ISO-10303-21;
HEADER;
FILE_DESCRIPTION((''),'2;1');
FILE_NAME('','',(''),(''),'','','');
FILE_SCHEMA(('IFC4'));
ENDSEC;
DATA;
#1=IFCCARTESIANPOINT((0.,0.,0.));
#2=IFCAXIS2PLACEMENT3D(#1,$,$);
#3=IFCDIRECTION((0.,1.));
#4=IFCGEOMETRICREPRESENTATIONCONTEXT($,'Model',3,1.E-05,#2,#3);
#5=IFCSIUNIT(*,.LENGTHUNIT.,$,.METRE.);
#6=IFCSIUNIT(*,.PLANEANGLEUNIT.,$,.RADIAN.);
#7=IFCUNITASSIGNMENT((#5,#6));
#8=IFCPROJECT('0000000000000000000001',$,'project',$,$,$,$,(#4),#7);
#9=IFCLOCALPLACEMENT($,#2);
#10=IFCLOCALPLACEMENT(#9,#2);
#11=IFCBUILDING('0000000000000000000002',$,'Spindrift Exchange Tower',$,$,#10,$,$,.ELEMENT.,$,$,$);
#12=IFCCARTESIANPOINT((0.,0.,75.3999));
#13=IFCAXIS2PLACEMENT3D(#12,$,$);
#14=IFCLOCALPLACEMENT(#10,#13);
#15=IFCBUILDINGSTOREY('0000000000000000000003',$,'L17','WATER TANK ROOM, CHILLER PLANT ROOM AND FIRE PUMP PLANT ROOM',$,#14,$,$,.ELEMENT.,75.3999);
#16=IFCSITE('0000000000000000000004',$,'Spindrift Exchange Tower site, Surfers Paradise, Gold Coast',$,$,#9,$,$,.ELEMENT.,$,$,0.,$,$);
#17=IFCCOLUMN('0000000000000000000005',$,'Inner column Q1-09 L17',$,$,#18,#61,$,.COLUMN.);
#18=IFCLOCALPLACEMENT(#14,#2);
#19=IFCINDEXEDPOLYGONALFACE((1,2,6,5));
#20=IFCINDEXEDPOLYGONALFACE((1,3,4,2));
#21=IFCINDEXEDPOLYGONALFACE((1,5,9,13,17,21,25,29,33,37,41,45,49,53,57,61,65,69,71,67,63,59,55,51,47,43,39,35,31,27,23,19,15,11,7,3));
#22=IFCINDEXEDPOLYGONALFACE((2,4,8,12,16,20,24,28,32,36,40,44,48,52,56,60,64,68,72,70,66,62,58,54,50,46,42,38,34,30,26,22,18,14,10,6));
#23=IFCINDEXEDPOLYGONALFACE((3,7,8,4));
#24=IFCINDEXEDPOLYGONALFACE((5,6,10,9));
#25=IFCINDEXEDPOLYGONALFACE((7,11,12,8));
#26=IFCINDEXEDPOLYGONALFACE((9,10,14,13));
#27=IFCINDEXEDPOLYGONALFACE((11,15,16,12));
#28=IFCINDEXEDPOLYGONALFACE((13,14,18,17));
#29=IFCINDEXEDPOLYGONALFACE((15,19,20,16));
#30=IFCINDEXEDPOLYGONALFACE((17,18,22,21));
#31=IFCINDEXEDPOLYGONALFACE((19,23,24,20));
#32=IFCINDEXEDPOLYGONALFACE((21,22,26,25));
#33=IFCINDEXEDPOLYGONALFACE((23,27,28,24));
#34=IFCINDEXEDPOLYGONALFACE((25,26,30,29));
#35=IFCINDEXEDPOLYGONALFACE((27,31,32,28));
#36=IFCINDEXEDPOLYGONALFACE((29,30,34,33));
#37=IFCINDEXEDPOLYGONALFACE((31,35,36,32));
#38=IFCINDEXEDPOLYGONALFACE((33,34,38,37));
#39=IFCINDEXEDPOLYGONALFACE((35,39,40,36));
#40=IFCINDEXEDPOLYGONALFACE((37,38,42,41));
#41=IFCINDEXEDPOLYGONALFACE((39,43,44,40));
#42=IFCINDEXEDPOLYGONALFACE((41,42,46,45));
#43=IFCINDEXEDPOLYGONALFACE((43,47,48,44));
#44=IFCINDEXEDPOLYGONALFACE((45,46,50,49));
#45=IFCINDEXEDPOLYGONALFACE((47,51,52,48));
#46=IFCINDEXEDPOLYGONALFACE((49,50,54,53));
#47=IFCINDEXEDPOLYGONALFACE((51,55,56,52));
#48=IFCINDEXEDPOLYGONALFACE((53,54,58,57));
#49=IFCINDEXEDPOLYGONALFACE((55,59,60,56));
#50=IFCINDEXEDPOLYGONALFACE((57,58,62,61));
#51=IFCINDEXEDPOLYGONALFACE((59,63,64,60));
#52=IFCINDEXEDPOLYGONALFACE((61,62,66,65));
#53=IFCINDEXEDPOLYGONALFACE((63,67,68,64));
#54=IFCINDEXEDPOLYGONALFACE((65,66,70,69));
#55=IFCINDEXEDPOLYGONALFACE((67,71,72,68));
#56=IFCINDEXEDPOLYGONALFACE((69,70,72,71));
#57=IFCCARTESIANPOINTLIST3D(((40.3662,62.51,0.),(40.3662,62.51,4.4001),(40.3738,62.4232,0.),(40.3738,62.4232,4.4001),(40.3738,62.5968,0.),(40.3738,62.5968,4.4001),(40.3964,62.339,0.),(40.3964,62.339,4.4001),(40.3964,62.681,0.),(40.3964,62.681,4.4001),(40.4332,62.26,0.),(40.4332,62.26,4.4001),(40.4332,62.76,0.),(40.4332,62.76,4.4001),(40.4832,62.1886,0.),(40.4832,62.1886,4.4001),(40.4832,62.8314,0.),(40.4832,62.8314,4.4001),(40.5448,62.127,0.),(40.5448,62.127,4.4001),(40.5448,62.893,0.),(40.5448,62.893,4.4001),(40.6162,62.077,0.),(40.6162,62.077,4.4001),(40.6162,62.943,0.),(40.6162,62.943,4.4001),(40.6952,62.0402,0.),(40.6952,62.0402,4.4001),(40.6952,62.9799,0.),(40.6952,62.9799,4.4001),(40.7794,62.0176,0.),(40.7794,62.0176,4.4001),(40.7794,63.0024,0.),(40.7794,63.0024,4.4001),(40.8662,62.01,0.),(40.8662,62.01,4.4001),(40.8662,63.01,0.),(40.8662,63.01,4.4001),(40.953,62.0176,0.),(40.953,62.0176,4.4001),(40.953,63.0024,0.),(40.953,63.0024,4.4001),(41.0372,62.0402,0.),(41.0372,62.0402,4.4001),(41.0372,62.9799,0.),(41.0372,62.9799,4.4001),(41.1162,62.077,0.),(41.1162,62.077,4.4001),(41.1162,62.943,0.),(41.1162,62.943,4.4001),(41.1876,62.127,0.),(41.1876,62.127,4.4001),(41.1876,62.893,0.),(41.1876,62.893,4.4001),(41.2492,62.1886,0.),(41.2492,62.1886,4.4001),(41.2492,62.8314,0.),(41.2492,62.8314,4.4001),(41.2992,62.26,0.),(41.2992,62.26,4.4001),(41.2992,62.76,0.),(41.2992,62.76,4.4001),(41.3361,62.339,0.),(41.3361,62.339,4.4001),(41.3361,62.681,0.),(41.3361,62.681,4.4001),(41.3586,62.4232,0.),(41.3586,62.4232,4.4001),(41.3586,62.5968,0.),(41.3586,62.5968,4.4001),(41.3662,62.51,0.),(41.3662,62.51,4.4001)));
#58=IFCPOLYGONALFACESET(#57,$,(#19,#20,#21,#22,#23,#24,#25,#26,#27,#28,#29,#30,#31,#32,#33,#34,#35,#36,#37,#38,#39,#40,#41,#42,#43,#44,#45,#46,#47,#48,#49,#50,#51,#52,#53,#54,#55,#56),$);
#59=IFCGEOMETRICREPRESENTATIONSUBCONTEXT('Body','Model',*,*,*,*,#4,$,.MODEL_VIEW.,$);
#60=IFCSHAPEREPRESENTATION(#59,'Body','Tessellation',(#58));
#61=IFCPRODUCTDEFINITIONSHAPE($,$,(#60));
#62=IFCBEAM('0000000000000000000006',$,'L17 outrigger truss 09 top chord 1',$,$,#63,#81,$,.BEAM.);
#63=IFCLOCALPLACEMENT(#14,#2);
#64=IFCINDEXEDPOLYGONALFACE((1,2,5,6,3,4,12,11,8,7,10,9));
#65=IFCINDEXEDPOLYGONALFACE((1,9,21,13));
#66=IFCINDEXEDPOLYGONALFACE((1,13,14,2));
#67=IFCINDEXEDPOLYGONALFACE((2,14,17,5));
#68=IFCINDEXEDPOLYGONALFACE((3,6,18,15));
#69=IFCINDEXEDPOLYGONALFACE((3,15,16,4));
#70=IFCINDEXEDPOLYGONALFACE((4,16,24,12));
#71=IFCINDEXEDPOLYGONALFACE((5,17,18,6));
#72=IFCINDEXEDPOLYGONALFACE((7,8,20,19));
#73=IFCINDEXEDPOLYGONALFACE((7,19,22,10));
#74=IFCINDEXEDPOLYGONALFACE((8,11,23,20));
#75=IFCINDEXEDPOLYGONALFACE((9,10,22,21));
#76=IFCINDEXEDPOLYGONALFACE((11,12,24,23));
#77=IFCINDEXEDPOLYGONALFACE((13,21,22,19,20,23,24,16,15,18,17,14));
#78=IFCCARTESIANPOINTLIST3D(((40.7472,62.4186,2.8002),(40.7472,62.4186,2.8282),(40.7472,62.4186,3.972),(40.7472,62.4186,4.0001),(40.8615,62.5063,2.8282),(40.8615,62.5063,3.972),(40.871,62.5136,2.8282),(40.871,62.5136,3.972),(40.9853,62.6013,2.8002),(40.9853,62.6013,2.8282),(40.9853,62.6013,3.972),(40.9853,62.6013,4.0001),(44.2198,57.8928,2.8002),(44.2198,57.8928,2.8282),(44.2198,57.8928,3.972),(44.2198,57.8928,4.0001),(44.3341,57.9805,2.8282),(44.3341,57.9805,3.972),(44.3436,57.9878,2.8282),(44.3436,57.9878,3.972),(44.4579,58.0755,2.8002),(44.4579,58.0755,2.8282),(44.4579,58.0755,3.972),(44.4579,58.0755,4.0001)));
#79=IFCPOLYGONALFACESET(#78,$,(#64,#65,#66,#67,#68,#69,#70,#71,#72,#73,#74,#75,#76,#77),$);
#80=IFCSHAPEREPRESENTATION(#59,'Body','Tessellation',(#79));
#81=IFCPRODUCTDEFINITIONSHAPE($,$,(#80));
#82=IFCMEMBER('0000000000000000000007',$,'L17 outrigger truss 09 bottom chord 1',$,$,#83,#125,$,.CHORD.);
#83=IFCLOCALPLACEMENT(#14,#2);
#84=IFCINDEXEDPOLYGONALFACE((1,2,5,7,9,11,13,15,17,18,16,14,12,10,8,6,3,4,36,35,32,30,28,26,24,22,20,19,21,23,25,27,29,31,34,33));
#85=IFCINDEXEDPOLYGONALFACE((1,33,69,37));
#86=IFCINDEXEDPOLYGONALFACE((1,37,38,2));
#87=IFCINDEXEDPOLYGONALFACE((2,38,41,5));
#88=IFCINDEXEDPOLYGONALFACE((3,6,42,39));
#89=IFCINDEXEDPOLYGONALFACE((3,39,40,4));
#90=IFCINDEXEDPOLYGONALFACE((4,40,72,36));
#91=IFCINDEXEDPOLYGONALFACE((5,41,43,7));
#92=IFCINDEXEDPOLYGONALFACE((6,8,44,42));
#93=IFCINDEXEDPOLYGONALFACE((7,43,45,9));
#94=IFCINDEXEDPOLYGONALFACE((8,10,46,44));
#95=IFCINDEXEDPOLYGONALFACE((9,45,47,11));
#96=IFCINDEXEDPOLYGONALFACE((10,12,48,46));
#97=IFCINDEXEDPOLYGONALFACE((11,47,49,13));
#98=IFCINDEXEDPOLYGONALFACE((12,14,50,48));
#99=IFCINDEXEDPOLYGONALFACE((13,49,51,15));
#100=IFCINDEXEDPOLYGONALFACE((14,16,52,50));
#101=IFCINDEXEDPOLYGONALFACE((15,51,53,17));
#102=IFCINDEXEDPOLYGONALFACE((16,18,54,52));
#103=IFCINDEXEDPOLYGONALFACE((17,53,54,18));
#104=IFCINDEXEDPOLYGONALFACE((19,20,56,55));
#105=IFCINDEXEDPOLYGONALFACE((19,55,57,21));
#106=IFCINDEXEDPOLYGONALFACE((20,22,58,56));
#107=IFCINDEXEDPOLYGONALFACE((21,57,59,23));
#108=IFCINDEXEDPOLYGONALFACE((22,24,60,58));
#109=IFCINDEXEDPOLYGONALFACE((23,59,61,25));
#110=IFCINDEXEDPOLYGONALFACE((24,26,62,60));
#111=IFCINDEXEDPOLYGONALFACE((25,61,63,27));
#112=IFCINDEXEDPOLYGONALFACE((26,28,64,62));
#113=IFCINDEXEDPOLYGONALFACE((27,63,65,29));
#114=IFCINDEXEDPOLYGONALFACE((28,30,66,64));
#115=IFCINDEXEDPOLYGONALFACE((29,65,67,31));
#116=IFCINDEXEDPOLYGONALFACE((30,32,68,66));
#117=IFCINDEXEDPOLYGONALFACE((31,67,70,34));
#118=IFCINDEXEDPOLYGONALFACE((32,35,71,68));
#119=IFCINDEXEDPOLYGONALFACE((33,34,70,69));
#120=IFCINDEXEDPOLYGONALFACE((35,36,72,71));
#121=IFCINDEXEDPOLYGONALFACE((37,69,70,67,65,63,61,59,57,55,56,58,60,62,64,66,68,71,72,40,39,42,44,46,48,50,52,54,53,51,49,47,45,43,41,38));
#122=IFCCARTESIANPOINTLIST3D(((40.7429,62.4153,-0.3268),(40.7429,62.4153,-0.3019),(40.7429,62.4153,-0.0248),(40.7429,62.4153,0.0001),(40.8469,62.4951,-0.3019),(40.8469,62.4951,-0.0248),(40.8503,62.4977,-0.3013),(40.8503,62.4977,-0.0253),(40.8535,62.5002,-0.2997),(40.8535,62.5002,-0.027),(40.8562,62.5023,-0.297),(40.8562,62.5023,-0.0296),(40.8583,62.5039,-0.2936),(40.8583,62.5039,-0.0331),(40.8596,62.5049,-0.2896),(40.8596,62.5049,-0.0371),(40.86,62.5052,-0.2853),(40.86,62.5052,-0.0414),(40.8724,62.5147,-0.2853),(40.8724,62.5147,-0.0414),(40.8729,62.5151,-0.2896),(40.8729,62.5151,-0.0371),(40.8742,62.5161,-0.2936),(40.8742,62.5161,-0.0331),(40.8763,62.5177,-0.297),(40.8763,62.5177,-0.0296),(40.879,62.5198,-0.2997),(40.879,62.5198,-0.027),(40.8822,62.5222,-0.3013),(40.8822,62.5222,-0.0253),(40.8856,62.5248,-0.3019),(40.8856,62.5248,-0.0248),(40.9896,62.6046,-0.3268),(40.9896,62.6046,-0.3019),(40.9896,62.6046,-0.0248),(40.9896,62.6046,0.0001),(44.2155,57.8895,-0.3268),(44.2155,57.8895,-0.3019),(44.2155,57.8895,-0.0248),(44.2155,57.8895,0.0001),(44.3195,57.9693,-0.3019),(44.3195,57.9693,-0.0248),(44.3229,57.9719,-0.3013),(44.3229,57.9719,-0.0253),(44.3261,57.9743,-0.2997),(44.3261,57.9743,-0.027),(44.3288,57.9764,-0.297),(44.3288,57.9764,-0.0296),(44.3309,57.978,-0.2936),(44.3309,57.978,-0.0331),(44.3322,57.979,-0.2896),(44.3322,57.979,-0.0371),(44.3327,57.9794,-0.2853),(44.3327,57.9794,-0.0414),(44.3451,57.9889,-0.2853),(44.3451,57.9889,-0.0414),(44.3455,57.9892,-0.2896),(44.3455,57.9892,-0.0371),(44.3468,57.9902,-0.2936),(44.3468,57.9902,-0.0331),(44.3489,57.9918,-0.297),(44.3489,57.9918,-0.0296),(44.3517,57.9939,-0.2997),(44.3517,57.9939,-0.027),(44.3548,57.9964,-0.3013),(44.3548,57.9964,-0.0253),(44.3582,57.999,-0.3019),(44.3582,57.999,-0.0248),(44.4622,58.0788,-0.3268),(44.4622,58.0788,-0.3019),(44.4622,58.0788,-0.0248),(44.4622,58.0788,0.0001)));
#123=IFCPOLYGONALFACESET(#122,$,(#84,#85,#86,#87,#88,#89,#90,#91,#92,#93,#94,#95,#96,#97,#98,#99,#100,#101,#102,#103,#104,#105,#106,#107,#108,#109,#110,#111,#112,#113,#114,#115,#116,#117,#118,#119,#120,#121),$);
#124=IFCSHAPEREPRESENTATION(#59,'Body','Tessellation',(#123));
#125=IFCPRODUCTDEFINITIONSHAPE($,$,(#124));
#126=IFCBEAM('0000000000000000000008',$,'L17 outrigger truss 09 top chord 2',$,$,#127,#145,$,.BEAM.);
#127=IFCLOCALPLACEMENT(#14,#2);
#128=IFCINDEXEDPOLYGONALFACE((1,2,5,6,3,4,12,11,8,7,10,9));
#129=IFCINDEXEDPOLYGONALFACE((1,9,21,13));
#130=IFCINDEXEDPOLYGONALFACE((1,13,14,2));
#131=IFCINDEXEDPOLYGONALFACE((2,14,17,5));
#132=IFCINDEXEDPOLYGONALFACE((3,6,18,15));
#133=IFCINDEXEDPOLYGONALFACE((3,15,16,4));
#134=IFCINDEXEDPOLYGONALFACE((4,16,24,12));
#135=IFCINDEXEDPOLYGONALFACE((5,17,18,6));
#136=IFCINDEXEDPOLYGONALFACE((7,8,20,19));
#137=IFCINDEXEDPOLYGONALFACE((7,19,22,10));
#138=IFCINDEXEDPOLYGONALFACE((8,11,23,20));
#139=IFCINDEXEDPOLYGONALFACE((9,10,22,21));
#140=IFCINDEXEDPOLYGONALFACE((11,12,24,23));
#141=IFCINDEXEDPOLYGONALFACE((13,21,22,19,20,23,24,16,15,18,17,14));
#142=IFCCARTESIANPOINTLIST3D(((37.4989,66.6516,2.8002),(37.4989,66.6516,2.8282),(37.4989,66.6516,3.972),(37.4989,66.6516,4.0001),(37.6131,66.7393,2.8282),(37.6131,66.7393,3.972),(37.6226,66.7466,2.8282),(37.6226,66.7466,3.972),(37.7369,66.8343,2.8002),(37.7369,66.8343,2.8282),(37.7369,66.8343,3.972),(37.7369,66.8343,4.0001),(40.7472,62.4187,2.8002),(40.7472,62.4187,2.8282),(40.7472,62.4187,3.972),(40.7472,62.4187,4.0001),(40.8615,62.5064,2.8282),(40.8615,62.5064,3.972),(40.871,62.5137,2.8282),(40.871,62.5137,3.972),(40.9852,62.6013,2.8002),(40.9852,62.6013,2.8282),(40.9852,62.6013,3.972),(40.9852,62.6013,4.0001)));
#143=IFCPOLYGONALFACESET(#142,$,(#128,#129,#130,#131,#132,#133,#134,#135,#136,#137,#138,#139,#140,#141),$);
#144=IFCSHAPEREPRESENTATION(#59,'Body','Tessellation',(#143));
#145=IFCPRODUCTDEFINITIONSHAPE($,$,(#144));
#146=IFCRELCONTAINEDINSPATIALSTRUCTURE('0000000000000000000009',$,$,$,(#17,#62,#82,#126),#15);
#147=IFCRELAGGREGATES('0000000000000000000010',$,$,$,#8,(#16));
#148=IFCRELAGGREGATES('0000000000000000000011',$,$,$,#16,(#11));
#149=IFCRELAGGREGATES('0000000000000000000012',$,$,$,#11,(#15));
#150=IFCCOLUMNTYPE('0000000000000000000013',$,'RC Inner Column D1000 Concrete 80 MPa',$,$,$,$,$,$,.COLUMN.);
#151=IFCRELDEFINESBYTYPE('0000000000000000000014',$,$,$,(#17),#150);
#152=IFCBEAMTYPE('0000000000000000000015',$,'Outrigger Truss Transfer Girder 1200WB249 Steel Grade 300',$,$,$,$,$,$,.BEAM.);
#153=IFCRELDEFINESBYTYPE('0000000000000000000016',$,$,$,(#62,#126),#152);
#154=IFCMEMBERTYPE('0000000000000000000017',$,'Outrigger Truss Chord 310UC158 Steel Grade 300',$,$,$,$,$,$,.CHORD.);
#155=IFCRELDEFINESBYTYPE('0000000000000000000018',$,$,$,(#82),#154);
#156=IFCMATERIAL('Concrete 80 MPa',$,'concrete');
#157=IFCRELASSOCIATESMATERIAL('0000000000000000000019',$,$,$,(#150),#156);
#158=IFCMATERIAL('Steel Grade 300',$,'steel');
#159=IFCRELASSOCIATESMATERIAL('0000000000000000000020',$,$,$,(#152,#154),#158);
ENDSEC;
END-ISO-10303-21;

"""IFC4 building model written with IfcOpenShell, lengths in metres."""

from ifc_helpers import new_model, si_unit, direction, frame, origin, origin_2d, place, context, subcontext, project, spatial, circle, i_section, extrude, source, transform, mapped, material, material_profile, profile_set, type_object, element, save


model = new_model("IFC4")

# Units and contexts
model_context = context("Model", 3, precision=1e-05, world=origin(), true_north=direction((0.0, 1.0)))
body_context = subcontext(model_context, "Body", "Model", "MODEL_VIEW")
ifc_project = project(units=[si_unit("LENGTHUNIT", "METRE"), si_unit("PLANEANGLEUNIT", "RADIAN")], contexts=[model_context])

# Site, building, storey
site_placement = place(None, origin())
site = spatial("IfcSite", under=ifc_project, at=site_placement, Name="Spindrift Exchange Tower site, Surfers Paradise, Gold Coast", CompositionType="ELEMENT", RefElevation=0.0)
building_placement = place(site_placement, origin())
building = spatial("IfcBuilding", under=site, at=building_placement, Name="Spindrift Exchange Tower", CompositionType="ELEMENT")
storey_placement = place(building_placement, frame((0.0, 0.0, 75.3999)))
storey = spatial("IfcBuildingStorey", under=building, at=storey_placement, Name="L17", Description="WATER TANK ROOM, CHILLER PLANT ROOM AND FIRE PUMP PLANT ROOM", CompositionType="ELEMENT", Elevation=75.3999)

# Column
ifc_material_1 = material(Name="Concrete 80 MPa", Category="concrete")
ifc_material_profile_1 = material_profile(ifc_material_1, circle(Radius=0.5, at=origin_2d()), Name="RC D1000")
ifc_profile_set_1 = profile_set([ifc_material_profile_1], Name="Concrete 80 MPa")
column_type = type_object("IfcColumnType", Name="RC Inner Column D1000 Concrete 80 MPa", PredefinedType="COLUMN", material=ifc_profile_set_1)
shared_shape_1 = source(origin(), body_context, "Body", "SweptSolid", [
    extrude(circle(Radius=0.5, at=origin_2d()), origin(), (0.0, 0.0, 1.0), 4.4001),
])
column_placement = place(storey_placement, frame((40.8662, 62.51, 0.0), z_axis=(0.0, 0.0, 1.0), x_axis=(1.0, 0.0, 0.0)))
element("IfcColumn", 1, at=column_placement, inside=storey, type_object=column_type, Name="Inner column Q1-09 L17", PredefinedType="COLUMN", context=body_context, shape_type="MappedRepresentation", body=[
    mapped(shared_shape_1, transform((0.0, 0.0, 0.0), scale=1.0)),
])

# Beam
ifc_material_2 = material(Name="Steel Grade 300", Category="steel")
ifc_material_profile_2 = material_profile(ifc_material_2, i_section(OverallWidth=0.3, OverallDepth=1.2, WebThickness=0.012, FlangeThickness=0.0281, at=origin_2d()), Name="1200WB249")
ifc_profile_set_2 = profile_set([ifc_material_profile_2], Name="Steel Grade 300")
beam_type = type_object("IfcBeamType", Name="Outrigger Truss Transfer Girder 1200WB249 Steel Grade 300", PredefinedType="BEAM", material=ifc_profile_set_2)
shared_shape_2 = source(origin(), body_context, "Body", "SweptSolid", [
    extrude(i_section(OverallWidth=0.3, OverallDepth=1.2, WebThickness=0.012, FlangeThickness=0.0281, at=origin_2d()), origin(), (0.0, 0.0, 1.0), 5.7046),
])
beam_1_placement = place(storey_placement, frame((44.3389, 57.9841, 3.4001), z_axis=(-0.608742, 0.793368, 0.0), x_axis=(-0.793368, -0.608742, 0.0)))
element("IfcBeam", 2, at=beam_1_placement, inside=storey, type_object=beam_type, Name="L17 outrigger truss 09 top chord 1", PredefinedType="BEAM", context=body_context, shape_type="MappedRepresentation", body=[
    mapped(shared_shape_2, transform((0.0, 0.0, 0.0), scale=1.0)),
])

# Member
ifc_material_profile_3 = material_profile(ifc_material_2, i_section(OverallWidth=0.311, OverallDepth=0.3269, WebThickness=0.0156, FlangeThickness=0.0249, FilletRadius=0.0166, at=origin_2d()), Name="310UC158")
ifc_profile_set_3 = profile_set([ifc_material_profile_3], Name="Steel Grade 300")
member_type_1 = type_object("IfcMemberType", Name="Outrigger Truss Chord 310UC158 Steel Grade 300", PredefinedType="CHORD", material=ifc_profile_set_3)
shared_shape_3 = source(origin(), body_context, "Body", "SweptSolid", [
    extrude(i_section(OverallWidth=0.311, OverallDepth=0.3269, WebThickness=0.0156, FlangeThickness=0.0249, FilletRadius=0.0166, at=origin_2d()), origin(), (0.0, 0.0, 1.0), 5.7046),
])
member_1_placement = place(storey_placement, frame((44.3389, 57.9841, -0.1633), z_axis=(-0.608742, 0.793368, 0.0), x_axis=(-0.793368, -0.608742, 0.0)))
element("IfcMember", 3, at=member_1_placement, inside=storey, type_object=member_type_1, Name="L17 outrigger truss 09 bottom chord 1", PredefinedType="CHORD", context=body_context, shape_type="MappedRepresentation", body=[
    mapped(shared_shape_3, transform((0.0, 0.0, 0.0), scale=1.0)),
])

# Beam
shared_shape_4 = source(origin(), body_context, "Body", "SweptSolid", [
    extrude(i_section(OverallWidth=0.3, OverallDepth=1.2, WebThickness=0.012, FlangeThickness=0.0281, at=origin_2d()), origin(), (0.0, 0.0, 1.0), 5.3357),
])
beam_2_placement = place(storey_placement, frame((40.8662, 62.51, 3.4001), z_axis=(-0.608793, 0.793329, 0.0), x_axis=(-0.793329, -0.608793, 0.0)))
element("IfcBeam", 4, at=beam_2_placement, inside=storey, type_object=beam_type, Name="L17 outrigger truss 09 top chord 2", PredefinedType="BEAM", context=body_context, shape_type="MappedRepresentation", body=[
    mapped(shared_shape_4, transform((0.0, 0.0, 0.0), scale=1.0)),
])

save(model, "model.ifc")
